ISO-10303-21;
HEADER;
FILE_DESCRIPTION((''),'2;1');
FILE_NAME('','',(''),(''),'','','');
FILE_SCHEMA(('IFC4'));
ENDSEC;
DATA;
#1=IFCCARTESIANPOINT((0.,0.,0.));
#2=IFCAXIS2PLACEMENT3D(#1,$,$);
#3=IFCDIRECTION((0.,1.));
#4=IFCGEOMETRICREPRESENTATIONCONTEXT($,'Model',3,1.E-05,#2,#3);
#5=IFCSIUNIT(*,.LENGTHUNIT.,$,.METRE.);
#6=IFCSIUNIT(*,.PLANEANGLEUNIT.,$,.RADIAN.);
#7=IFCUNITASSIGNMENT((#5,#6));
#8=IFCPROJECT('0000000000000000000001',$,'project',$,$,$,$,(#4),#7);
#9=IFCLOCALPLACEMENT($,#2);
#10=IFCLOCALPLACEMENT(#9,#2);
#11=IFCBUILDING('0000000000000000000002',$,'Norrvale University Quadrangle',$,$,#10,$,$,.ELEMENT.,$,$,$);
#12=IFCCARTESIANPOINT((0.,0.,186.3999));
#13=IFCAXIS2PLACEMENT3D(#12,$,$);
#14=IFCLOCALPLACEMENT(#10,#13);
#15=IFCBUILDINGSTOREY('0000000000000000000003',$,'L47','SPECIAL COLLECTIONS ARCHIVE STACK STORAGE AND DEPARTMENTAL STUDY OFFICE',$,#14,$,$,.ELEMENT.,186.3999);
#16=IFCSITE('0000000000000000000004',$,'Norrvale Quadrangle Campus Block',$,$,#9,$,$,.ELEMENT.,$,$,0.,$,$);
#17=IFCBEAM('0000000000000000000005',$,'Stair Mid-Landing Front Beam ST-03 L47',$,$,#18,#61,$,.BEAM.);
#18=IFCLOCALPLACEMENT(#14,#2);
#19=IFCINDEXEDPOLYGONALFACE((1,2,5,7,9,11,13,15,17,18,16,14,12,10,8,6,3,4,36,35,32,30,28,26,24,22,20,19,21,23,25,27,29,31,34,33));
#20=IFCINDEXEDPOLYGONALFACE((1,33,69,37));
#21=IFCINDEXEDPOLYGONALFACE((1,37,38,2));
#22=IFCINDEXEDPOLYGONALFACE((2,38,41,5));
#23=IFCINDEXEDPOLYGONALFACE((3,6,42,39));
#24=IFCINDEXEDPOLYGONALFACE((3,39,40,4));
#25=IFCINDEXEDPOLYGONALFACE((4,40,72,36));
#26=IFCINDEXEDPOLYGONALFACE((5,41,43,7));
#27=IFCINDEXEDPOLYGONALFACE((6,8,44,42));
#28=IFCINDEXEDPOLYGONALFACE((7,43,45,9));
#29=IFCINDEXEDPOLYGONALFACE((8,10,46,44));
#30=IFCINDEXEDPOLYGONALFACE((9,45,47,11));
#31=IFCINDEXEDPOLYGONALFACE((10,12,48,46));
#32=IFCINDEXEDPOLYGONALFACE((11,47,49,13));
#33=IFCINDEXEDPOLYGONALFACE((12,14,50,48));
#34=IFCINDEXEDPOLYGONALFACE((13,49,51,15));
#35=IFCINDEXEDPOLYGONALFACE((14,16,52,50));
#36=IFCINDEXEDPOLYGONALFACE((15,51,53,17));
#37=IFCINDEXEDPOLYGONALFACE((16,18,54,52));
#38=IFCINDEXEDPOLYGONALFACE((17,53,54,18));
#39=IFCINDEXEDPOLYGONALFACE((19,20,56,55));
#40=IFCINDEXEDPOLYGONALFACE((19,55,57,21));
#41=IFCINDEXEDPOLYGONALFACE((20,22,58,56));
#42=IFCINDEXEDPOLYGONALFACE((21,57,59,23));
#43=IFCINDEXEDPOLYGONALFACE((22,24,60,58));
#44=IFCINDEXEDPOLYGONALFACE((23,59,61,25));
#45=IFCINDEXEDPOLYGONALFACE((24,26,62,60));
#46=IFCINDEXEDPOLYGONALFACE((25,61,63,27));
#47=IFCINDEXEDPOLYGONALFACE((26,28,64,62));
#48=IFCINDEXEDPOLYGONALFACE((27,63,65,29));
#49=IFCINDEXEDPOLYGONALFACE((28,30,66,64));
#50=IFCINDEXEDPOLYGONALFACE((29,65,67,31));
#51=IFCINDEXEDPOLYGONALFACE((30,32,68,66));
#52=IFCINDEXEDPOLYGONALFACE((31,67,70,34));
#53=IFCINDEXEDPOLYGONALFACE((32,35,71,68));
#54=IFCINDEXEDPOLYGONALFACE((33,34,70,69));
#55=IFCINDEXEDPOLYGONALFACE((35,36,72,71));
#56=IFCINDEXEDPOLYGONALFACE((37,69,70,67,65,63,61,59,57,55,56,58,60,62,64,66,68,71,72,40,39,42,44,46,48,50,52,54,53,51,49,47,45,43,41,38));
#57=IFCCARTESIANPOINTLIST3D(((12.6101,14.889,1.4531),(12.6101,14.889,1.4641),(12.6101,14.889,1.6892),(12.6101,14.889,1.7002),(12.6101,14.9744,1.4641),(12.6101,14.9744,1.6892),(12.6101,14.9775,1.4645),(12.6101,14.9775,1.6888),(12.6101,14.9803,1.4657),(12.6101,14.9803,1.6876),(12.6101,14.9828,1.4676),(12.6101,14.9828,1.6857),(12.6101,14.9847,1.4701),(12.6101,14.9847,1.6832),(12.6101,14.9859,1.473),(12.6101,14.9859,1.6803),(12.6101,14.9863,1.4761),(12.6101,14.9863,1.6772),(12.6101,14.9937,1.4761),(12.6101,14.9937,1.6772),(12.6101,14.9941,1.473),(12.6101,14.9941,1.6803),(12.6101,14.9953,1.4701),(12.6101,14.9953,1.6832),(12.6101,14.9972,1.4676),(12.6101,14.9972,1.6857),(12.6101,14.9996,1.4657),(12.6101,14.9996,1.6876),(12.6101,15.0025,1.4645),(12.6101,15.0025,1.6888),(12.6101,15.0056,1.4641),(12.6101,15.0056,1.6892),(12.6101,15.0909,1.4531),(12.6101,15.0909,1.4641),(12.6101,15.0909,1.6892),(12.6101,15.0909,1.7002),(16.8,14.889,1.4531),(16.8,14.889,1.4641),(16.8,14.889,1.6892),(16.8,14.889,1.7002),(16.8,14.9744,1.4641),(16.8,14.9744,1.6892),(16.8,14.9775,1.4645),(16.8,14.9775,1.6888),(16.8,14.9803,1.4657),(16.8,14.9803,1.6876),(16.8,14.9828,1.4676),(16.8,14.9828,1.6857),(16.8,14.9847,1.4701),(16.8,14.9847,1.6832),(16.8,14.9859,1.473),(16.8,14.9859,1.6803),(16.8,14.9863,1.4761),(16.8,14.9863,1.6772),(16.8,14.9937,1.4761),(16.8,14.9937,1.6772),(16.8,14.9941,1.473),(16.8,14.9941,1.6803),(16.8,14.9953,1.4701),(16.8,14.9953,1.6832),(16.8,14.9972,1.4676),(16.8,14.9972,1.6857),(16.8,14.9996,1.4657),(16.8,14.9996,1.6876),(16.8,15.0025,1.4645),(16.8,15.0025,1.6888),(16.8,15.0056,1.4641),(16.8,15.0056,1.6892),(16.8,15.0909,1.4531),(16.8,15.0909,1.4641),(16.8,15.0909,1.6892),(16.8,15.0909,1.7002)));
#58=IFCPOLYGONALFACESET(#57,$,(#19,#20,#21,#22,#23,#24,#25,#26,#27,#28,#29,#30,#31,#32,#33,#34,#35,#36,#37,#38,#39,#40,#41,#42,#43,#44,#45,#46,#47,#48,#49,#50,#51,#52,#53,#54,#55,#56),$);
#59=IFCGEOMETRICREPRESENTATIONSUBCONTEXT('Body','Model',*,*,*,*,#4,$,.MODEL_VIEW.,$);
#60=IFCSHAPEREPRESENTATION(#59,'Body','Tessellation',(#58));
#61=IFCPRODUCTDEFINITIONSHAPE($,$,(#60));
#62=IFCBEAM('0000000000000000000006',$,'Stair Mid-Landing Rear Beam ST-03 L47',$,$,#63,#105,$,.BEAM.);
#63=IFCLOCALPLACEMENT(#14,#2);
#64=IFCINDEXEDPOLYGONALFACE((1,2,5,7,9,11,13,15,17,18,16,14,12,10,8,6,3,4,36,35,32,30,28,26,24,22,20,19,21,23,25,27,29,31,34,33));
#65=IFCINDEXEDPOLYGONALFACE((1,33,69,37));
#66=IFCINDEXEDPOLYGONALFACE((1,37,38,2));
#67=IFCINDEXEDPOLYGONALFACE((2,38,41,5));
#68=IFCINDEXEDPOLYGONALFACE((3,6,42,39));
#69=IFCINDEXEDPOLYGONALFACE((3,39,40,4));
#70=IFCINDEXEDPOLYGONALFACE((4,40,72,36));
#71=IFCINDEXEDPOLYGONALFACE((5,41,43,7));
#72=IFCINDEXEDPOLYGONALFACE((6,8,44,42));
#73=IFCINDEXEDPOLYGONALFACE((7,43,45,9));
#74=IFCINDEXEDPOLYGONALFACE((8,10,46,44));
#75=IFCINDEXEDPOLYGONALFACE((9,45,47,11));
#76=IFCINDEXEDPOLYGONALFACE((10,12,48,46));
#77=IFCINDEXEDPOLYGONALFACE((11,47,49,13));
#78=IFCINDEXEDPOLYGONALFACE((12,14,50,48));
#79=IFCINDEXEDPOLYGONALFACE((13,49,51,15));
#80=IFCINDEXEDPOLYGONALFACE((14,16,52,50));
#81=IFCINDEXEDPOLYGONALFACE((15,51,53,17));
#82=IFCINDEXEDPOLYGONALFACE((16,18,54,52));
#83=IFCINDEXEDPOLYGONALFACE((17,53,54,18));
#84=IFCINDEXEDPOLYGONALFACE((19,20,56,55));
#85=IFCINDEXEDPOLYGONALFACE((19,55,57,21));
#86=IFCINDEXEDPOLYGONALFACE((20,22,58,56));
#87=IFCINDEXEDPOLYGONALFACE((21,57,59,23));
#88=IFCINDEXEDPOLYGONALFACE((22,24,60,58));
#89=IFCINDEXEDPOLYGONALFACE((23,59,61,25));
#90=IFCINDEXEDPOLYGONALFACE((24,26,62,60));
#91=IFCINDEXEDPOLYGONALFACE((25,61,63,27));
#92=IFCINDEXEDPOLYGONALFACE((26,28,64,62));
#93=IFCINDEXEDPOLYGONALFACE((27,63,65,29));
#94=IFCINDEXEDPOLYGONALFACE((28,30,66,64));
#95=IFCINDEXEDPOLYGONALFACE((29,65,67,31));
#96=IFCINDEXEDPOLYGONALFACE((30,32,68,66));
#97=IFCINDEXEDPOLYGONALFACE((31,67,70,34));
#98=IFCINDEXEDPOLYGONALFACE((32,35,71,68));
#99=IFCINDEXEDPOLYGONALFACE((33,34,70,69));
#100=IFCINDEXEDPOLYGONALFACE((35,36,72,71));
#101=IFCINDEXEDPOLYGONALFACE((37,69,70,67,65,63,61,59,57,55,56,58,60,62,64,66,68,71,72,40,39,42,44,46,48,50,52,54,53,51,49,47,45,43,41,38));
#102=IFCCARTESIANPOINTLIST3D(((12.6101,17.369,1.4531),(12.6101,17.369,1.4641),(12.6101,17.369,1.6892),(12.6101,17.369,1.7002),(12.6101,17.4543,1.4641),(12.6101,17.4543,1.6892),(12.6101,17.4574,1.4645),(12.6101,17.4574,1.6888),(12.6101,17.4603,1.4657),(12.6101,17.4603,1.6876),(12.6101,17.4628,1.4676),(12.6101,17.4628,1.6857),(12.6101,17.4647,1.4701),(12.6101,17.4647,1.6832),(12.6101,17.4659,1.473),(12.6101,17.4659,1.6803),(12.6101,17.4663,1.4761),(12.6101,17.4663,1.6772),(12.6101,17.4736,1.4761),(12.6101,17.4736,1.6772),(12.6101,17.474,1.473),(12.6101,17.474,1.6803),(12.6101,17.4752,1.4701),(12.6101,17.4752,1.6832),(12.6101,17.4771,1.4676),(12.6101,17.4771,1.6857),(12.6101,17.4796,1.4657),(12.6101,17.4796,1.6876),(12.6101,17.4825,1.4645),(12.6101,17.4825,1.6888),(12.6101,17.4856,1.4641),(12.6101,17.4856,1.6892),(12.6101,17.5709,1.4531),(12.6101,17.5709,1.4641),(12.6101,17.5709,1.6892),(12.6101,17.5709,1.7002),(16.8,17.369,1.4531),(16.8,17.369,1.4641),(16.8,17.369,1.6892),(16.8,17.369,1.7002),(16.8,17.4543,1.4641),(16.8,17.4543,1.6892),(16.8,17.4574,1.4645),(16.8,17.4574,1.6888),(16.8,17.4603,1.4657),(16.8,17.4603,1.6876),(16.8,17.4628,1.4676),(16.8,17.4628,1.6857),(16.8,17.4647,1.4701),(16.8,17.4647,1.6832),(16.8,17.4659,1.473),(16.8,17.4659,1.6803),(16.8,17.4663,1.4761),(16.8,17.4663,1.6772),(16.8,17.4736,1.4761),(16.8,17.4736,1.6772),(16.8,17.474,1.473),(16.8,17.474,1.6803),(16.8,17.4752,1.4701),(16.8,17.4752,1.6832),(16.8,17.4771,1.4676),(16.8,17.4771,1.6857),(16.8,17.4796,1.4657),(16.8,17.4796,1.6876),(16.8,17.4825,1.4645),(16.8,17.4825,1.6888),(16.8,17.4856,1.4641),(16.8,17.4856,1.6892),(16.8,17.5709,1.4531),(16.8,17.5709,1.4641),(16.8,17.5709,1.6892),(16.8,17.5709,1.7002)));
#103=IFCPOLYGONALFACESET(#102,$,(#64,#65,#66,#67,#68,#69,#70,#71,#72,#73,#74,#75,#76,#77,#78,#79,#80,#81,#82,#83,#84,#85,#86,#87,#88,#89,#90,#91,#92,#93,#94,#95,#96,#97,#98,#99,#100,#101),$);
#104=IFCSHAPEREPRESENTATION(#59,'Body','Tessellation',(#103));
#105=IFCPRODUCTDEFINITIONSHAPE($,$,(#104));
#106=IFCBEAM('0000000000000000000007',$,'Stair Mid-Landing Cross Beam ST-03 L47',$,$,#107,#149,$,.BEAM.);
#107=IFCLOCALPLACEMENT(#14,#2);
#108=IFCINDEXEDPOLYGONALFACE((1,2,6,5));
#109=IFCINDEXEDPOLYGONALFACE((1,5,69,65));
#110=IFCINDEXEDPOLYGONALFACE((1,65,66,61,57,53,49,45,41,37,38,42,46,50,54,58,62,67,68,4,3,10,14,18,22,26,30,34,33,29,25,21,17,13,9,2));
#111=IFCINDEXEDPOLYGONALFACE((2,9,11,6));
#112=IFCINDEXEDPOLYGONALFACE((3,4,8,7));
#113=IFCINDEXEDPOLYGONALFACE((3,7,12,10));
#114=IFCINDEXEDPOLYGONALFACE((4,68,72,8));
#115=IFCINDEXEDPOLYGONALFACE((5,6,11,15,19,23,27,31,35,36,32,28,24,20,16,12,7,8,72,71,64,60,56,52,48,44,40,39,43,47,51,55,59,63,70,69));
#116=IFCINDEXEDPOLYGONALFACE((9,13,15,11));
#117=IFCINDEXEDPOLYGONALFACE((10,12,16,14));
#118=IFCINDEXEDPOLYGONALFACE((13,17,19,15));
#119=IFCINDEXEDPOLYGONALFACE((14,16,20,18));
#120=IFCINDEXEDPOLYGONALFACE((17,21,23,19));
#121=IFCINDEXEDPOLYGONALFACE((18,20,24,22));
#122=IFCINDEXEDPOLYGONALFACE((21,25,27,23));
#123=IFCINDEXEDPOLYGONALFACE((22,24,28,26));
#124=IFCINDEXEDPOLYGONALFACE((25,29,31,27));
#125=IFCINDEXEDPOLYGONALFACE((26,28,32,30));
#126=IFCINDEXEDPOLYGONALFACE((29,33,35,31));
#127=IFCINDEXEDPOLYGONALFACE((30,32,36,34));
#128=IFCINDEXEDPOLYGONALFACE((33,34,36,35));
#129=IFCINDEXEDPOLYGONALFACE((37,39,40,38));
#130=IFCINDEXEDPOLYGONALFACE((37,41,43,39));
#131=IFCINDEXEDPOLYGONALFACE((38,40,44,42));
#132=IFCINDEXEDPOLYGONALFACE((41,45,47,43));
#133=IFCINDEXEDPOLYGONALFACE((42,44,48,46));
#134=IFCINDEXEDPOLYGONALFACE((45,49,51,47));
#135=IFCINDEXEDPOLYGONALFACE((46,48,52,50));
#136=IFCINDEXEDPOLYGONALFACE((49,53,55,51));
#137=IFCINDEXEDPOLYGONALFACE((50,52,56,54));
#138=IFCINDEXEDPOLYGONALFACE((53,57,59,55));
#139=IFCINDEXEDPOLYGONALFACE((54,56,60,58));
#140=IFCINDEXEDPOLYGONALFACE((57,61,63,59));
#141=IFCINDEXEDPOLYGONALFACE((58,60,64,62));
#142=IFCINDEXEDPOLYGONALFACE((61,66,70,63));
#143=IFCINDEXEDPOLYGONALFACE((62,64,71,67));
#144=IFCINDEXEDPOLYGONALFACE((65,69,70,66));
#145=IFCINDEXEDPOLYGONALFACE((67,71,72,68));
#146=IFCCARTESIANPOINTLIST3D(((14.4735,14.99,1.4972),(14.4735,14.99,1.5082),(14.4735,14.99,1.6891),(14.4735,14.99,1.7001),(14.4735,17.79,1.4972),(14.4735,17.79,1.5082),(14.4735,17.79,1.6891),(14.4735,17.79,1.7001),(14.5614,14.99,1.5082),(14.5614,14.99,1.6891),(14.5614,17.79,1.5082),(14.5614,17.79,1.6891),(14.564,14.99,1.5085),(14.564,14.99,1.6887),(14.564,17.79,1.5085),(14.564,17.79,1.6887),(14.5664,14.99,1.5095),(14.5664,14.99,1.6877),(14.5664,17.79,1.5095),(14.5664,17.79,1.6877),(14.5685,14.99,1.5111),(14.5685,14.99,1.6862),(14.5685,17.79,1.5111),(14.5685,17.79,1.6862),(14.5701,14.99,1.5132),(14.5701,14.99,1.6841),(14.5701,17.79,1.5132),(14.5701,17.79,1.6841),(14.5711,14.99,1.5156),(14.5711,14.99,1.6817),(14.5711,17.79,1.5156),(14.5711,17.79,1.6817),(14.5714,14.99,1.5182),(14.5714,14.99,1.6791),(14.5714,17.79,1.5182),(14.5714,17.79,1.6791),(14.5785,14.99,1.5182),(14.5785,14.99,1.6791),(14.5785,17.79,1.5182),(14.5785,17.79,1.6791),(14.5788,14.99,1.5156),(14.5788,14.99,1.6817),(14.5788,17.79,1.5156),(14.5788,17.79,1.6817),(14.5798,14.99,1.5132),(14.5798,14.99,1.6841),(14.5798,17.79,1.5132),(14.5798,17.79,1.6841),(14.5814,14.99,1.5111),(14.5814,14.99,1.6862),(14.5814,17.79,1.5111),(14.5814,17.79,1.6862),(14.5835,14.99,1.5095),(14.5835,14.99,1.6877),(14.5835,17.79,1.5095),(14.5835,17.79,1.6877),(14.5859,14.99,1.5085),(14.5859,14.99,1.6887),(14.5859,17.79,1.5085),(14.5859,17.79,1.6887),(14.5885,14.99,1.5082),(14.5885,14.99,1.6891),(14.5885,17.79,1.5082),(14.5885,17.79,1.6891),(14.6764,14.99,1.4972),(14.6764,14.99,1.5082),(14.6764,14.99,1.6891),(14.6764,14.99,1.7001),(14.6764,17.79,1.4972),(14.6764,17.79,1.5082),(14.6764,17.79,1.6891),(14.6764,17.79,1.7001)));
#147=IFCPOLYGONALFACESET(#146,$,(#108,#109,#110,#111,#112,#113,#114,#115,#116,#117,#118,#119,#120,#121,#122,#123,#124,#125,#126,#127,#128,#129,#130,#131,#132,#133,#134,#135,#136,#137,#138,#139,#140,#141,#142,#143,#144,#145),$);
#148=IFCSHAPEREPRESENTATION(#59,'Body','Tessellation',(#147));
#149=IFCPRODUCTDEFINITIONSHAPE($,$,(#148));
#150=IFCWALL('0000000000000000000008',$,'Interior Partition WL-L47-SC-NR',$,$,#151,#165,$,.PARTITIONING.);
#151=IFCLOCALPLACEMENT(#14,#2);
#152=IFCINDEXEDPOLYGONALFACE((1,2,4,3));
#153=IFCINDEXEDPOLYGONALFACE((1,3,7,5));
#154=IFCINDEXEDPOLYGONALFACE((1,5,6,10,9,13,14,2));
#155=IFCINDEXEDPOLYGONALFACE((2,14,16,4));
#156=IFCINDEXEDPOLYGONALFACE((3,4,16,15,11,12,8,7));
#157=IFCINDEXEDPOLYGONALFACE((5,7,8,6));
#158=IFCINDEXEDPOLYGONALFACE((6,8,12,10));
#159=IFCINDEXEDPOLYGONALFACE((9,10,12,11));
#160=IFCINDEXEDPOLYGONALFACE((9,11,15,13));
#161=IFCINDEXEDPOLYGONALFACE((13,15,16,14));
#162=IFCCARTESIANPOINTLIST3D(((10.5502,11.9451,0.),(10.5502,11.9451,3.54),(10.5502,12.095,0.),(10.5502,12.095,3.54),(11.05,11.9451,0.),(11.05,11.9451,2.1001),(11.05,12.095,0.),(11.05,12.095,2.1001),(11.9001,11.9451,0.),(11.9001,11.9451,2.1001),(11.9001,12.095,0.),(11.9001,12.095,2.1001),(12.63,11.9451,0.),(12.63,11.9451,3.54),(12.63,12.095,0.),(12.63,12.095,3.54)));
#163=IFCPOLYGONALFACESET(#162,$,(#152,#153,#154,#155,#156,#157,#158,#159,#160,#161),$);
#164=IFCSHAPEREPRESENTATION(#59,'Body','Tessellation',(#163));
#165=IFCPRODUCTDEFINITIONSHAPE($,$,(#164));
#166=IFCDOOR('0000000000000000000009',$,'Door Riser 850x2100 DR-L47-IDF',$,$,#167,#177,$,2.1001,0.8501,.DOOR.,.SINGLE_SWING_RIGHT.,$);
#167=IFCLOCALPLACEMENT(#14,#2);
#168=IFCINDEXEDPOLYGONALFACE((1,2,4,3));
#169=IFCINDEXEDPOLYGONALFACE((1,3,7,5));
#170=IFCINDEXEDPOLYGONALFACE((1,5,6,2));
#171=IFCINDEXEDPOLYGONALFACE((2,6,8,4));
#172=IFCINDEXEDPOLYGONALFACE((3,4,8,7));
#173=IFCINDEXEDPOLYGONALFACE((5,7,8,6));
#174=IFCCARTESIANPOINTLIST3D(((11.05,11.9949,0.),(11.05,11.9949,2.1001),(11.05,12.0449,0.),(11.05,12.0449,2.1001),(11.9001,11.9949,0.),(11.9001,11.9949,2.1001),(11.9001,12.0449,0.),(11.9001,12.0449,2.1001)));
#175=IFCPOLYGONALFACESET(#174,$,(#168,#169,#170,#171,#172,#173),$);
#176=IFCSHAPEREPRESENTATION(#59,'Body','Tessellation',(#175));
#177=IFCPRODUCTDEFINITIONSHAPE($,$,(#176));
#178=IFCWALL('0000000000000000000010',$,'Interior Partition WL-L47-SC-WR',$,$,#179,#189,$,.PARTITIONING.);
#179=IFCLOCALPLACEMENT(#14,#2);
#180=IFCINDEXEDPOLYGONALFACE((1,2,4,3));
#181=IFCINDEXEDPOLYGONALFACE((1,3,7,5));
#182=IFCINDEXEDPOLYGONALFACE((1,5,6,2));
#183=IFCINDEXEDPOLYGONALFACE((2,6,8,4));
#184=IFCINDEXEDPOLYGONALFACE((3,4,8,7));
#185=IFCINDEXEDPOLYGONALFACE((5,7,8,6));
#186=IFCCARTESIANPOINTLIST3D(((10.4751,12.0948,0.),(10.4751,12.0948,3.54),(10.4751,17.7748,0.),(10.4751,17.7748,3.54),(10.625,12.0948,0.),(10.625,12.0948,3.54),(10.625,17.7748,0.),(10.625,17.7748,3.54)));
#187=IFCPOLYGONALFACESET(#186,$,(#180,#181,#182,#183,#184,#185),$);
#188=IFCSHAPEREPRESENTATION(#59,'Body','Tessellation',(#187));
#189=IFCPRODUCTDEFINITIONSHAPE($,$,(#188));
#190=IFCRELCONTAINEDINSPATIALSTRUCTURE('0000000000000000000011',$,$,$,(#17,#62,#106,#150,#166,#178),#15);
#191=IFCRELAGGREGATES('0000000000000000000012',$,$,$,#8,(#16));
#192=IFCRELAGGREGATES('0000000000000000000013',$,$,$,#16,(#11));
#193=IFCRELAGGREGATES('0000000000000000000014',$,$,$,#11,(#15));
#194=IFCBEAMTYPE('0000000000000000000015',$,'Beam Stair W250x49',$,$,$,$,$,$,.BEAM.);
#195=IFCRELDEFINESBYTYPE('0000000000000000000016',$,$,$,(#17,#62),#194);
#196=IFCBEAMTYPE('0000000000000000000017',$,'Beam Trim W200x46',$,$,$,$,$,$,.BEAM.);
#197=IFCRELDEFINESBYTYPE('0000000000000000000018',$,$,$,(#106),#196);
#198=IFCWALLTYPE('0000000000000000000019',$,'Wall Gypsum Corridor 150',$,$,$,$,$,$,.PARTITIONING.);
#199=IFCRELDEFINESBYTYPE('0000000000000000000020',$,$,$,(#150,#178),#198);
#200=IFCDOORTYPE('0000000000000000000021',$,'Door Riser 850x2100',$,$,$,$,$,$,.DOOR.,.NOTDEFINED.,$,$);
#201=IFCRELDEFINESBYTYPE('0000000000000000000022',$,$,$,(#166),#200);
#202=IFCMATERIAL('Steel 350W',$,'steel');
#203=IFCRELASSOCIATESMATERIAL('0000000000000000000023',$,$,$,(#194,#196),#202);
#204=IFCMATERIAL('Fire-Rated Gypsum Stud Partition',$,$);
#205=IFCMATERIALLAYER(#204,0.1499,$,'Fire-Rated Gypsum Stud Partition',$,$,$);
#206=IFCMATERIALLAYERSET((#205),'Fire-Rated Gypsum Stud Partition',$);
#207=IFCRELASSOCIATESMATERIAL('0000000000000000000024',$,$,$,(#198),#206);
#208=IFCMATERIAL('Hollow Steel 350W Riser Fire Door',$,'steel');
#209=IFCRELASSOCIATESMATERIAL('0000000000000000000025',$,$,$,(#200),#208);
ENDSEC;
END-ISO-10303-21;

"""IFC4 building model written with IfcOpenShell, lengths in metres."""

from ifc_helpers import new_model, si_unit, direction, frame, frame_2d, origin, origin_2d, place, context, subcontext, project, spatial, rectangle, i_section, extrude, material, layer, layer_set, material_profile, profile_set, type_object, element, fill, save


model = new_model("IFC4")

# Units and contexts
model_context = context("Model", 3, precision=1e-05, world=origin(), true_north=direction((0.0, 1.0)))
body_context = subcontext(model_context, "Body", "Model", "MODEL_VIEW")
ifc_project = project(units=[si_unit("LENGTHUNIT", "METRE"), si_unit("PLANEANGLEUNIT", "RADIAN")], contexts=[model_context])

# Site, building, storey
site_placement = place(None, origin())
site = spatial("IfcSite", under=ifc_project, at=site_placement, Name="Norrvale Quadrangle Campus Block", CompositionType="ELEMENT", RefElevation=0.0)
building_placement = place(site_placement, origin())
building = spatial("IfcBuilding", under=site, at=building_placement, Name="Norrvale University Quadrangle", CompositionType="ELEMENT")
storey_placement = place(building_placement, frame((0.0, 0.0, 186.3999)))
storey = spatial("IfcBuildingStorey", under=building, at=storey_placement, Name="L47", Description="SPECIAL COLLECTIONS ARCHIVE STACK STORAGE AND DEPARTMENTAL STUDY OFFICE", CompositionType="ELEMENT", Elevation=186.3999)

# Beams
ifc_material_1 = material(Name="Steel 350W", Category="steel")
ifc_material_profile_1 = material_profile(ifc_material_1, i_section(OverallWidth=0.2019, OverallDepth=0.2471, WebThickness=0.0073, FlangeThickness=0.011, FilletRadius=0.012, at=origin_2d()), Name="Steel 350W")
ifc_profile_set_1 = profile_set([ifc_material_profile_1], Name="Steel 350W")
beam_type_1 = type_object("IfcBeamType", Name="Beam Stair W250x49", PredefinedType="BEAM", material=ifc_profile_set_1)
for number, where, z_axis, x_axis, name in (
    (1, (12.6101, 14.99, 1.5767), (1.0, 0.0, 0.0), (0.0, 1.0, 0.0), "Stair Mid-Landing Front Beam ST-03 L47"),
    (2, (12.6101, 17.47, 1.5767), (1.0, 0.0, 0.0), (0.0, 1.0, 0.0), "Stair Mid-Landing Rear Beam ST-03 L47"),
):
    element("IfcBeam", number, at=place(storey_placement, frame(where, z_axis=z_axis, x_axis=x_axis)), inside=storey, type_object=beam_type_1, Name=name, PredefinedType="BEAM", context=body_context, shape_type="SweptSolid", body=[
        extrude(i_section(OverallWidth=0.2019, OverallDepth=0.2471, WebThickness=0.0073, FlangeThickness=0.011, FilletRadius=0.012, at=origin_2d()), origin(), (0.0, 0.0, 1.0), 4.1899),
    ])
ifc_material_profile_2 = material_profile(ifc_material_1, i_section(OverallWidth=0.2029, OverallDepth=0.2029, WebThickness=0.0071, FlangeThickness=0.011, FilletRadius=0.01, at=origin_2d()), Name="Steel 350W")
ifc_profile_set_2 = profile_set([ifc_material_profile_2], Name="Steel 350W")
beam_type_2 = type_object("IfcBeamType", Name="Beam Trim W200x46", PredefinedType="BEAM", material=ifc_profile_set_2)
beam_placement = place(storey_placement, frame((14.575, 14.99, 1.5986), z_axis=(0.0, 1.0, 0.0), x_axis=(-1.0, 0.0, 0.0)))
element("IfcBeam", 3, at=beam_placement, inside=storey, type_object=beam_type_2, Name="Stair Mid-Landing Cross Beam ST-03 L47", PredefinedType="BEAM", context=body_context, shape_type="SweptSolid", body=[
    extrude(i_section(OverallWidth=0.2029, OverallDepth=0.2029, WebThickness=0.0071, FlangeThickness=0.011, FilletRadius=0.01, at=origin_2d()), origin(), (0.0, 0.0, 1.0), 2.8),
])

# Wall, opening, door
ifc_material_2 = material(Name="Fire-Rated Gypsum Stud Partition")
ifc_layer_1 = layer(ifc_material_2, 0.1499, Name="Fire-Rated Gypsum Stud Partition")
ifc_layer_set_1 = layer_set([ifc_layer_1], Name="Fire-Rated Gypsum Stud Partition")
wall_type_1 = type_object("IfcWallType", Name="Wall Gypsum Corridor 150", PredefinedType="PARTITIONING", material=ifc_layer_set_1)
wall_1_placement = place(storey_placement, frame((10.55, 12.02, 0.0), z_axis=(0.0, 0.0, 1.0), x_axis=(1.0, 0.0, 0.0)))
wall_1 = element("IfcWall", 4, at=wall_1_placement, inside=storey, type_object=wall_type_1, Name="Interior Partition WL-L47-SC-NR", PredefinedType="PARTITIONING", context=body_context, shape_type="SweptSolid", body=[
    extrude(rectangle(XDim=2.0798, YDim=0.1499, at=frame_2d((1.04, 0.0))), origin(), (0.0, 0.0, 1.0), 3.54),
])
opening_1_placement = place(wall_1_placement, frame((0.5, 0.0, 0.0)))
opening_1 = element("IfcOpeningElement", 5, at=opening_1_placement, cuts=wall_1, PredefinedType="OPENING", context=body_context, shape_type="SweptSolid", body=[
    extrude(rectangle(XDim=0.8501, YDim=2.1001, at=frame_2d((0.425, 1.05))), frame((0.0, 0.0869, 0.0), z_axis=(0.0, -1.0, 0.0), x_axis=(1.0, 0.0, 0.0)), (0.0, 0.0, 1.0), 0.1738),
])
ifc_material_3 = material(Name="Hollow Steel 350W Riser Fire Door", Category="steel")
door_type_1 = type_object("IfcDoorType", Name="Door Riser 850x2100", OperationType="NOTDEFINED", PredefinedType="DOOR", material=ifc_material_3)
door_1_placement = place(opening_1_placement, origin())
door_1 = element("IfcDoor", 6, at=door_1_placement, inside=storey, type_object=door_type_1, Name="Door Riser 850x2100 DR-L47-IDF", OperationType="SINGLE_SWING_RIGHT", OverallHeight=2.1001, OverallWidth=0.8501, PredefinedType="DOOR", context=body_context, shape_type="SweptSolid", body=[
    extrude(rectangle(XDim=0.8501, YDim=2.1001, at=frame_2d((0.425, 1.05))), frame((0.0, 0.0249, 0.0), z_axis=(0.0, -1.0, 0.0), x_axis=(1.0, 0.0, 0.0)), (0.0, 0.0, 1.0), 0.05),
])
fill(opening_1, door_1)

# Wall
wall_2_placement = place(storey_placement, frame((10.55, 12.095, 0.0), z_axis=(0.0, 0.0, 1.0), x_axis=(0.0, 1.0, 0.0)))
element("IfcWall", 7, at=wall_2_placement, inside=storey, type_object=wall_type_1, Name="Interior Partition WL-L47-SC-WR", PredefinedType="PARTITIONING", context=body_context, shape_type="SweptSolid", body=[
    extrude(rectangle(XDim=5.6799, YDim=0.1499, at=frame_2d((2.8398, 0.0))), origin(), (0.0, 0.0, 1.0), 3.54),
])

save(model, "model.ifc")
